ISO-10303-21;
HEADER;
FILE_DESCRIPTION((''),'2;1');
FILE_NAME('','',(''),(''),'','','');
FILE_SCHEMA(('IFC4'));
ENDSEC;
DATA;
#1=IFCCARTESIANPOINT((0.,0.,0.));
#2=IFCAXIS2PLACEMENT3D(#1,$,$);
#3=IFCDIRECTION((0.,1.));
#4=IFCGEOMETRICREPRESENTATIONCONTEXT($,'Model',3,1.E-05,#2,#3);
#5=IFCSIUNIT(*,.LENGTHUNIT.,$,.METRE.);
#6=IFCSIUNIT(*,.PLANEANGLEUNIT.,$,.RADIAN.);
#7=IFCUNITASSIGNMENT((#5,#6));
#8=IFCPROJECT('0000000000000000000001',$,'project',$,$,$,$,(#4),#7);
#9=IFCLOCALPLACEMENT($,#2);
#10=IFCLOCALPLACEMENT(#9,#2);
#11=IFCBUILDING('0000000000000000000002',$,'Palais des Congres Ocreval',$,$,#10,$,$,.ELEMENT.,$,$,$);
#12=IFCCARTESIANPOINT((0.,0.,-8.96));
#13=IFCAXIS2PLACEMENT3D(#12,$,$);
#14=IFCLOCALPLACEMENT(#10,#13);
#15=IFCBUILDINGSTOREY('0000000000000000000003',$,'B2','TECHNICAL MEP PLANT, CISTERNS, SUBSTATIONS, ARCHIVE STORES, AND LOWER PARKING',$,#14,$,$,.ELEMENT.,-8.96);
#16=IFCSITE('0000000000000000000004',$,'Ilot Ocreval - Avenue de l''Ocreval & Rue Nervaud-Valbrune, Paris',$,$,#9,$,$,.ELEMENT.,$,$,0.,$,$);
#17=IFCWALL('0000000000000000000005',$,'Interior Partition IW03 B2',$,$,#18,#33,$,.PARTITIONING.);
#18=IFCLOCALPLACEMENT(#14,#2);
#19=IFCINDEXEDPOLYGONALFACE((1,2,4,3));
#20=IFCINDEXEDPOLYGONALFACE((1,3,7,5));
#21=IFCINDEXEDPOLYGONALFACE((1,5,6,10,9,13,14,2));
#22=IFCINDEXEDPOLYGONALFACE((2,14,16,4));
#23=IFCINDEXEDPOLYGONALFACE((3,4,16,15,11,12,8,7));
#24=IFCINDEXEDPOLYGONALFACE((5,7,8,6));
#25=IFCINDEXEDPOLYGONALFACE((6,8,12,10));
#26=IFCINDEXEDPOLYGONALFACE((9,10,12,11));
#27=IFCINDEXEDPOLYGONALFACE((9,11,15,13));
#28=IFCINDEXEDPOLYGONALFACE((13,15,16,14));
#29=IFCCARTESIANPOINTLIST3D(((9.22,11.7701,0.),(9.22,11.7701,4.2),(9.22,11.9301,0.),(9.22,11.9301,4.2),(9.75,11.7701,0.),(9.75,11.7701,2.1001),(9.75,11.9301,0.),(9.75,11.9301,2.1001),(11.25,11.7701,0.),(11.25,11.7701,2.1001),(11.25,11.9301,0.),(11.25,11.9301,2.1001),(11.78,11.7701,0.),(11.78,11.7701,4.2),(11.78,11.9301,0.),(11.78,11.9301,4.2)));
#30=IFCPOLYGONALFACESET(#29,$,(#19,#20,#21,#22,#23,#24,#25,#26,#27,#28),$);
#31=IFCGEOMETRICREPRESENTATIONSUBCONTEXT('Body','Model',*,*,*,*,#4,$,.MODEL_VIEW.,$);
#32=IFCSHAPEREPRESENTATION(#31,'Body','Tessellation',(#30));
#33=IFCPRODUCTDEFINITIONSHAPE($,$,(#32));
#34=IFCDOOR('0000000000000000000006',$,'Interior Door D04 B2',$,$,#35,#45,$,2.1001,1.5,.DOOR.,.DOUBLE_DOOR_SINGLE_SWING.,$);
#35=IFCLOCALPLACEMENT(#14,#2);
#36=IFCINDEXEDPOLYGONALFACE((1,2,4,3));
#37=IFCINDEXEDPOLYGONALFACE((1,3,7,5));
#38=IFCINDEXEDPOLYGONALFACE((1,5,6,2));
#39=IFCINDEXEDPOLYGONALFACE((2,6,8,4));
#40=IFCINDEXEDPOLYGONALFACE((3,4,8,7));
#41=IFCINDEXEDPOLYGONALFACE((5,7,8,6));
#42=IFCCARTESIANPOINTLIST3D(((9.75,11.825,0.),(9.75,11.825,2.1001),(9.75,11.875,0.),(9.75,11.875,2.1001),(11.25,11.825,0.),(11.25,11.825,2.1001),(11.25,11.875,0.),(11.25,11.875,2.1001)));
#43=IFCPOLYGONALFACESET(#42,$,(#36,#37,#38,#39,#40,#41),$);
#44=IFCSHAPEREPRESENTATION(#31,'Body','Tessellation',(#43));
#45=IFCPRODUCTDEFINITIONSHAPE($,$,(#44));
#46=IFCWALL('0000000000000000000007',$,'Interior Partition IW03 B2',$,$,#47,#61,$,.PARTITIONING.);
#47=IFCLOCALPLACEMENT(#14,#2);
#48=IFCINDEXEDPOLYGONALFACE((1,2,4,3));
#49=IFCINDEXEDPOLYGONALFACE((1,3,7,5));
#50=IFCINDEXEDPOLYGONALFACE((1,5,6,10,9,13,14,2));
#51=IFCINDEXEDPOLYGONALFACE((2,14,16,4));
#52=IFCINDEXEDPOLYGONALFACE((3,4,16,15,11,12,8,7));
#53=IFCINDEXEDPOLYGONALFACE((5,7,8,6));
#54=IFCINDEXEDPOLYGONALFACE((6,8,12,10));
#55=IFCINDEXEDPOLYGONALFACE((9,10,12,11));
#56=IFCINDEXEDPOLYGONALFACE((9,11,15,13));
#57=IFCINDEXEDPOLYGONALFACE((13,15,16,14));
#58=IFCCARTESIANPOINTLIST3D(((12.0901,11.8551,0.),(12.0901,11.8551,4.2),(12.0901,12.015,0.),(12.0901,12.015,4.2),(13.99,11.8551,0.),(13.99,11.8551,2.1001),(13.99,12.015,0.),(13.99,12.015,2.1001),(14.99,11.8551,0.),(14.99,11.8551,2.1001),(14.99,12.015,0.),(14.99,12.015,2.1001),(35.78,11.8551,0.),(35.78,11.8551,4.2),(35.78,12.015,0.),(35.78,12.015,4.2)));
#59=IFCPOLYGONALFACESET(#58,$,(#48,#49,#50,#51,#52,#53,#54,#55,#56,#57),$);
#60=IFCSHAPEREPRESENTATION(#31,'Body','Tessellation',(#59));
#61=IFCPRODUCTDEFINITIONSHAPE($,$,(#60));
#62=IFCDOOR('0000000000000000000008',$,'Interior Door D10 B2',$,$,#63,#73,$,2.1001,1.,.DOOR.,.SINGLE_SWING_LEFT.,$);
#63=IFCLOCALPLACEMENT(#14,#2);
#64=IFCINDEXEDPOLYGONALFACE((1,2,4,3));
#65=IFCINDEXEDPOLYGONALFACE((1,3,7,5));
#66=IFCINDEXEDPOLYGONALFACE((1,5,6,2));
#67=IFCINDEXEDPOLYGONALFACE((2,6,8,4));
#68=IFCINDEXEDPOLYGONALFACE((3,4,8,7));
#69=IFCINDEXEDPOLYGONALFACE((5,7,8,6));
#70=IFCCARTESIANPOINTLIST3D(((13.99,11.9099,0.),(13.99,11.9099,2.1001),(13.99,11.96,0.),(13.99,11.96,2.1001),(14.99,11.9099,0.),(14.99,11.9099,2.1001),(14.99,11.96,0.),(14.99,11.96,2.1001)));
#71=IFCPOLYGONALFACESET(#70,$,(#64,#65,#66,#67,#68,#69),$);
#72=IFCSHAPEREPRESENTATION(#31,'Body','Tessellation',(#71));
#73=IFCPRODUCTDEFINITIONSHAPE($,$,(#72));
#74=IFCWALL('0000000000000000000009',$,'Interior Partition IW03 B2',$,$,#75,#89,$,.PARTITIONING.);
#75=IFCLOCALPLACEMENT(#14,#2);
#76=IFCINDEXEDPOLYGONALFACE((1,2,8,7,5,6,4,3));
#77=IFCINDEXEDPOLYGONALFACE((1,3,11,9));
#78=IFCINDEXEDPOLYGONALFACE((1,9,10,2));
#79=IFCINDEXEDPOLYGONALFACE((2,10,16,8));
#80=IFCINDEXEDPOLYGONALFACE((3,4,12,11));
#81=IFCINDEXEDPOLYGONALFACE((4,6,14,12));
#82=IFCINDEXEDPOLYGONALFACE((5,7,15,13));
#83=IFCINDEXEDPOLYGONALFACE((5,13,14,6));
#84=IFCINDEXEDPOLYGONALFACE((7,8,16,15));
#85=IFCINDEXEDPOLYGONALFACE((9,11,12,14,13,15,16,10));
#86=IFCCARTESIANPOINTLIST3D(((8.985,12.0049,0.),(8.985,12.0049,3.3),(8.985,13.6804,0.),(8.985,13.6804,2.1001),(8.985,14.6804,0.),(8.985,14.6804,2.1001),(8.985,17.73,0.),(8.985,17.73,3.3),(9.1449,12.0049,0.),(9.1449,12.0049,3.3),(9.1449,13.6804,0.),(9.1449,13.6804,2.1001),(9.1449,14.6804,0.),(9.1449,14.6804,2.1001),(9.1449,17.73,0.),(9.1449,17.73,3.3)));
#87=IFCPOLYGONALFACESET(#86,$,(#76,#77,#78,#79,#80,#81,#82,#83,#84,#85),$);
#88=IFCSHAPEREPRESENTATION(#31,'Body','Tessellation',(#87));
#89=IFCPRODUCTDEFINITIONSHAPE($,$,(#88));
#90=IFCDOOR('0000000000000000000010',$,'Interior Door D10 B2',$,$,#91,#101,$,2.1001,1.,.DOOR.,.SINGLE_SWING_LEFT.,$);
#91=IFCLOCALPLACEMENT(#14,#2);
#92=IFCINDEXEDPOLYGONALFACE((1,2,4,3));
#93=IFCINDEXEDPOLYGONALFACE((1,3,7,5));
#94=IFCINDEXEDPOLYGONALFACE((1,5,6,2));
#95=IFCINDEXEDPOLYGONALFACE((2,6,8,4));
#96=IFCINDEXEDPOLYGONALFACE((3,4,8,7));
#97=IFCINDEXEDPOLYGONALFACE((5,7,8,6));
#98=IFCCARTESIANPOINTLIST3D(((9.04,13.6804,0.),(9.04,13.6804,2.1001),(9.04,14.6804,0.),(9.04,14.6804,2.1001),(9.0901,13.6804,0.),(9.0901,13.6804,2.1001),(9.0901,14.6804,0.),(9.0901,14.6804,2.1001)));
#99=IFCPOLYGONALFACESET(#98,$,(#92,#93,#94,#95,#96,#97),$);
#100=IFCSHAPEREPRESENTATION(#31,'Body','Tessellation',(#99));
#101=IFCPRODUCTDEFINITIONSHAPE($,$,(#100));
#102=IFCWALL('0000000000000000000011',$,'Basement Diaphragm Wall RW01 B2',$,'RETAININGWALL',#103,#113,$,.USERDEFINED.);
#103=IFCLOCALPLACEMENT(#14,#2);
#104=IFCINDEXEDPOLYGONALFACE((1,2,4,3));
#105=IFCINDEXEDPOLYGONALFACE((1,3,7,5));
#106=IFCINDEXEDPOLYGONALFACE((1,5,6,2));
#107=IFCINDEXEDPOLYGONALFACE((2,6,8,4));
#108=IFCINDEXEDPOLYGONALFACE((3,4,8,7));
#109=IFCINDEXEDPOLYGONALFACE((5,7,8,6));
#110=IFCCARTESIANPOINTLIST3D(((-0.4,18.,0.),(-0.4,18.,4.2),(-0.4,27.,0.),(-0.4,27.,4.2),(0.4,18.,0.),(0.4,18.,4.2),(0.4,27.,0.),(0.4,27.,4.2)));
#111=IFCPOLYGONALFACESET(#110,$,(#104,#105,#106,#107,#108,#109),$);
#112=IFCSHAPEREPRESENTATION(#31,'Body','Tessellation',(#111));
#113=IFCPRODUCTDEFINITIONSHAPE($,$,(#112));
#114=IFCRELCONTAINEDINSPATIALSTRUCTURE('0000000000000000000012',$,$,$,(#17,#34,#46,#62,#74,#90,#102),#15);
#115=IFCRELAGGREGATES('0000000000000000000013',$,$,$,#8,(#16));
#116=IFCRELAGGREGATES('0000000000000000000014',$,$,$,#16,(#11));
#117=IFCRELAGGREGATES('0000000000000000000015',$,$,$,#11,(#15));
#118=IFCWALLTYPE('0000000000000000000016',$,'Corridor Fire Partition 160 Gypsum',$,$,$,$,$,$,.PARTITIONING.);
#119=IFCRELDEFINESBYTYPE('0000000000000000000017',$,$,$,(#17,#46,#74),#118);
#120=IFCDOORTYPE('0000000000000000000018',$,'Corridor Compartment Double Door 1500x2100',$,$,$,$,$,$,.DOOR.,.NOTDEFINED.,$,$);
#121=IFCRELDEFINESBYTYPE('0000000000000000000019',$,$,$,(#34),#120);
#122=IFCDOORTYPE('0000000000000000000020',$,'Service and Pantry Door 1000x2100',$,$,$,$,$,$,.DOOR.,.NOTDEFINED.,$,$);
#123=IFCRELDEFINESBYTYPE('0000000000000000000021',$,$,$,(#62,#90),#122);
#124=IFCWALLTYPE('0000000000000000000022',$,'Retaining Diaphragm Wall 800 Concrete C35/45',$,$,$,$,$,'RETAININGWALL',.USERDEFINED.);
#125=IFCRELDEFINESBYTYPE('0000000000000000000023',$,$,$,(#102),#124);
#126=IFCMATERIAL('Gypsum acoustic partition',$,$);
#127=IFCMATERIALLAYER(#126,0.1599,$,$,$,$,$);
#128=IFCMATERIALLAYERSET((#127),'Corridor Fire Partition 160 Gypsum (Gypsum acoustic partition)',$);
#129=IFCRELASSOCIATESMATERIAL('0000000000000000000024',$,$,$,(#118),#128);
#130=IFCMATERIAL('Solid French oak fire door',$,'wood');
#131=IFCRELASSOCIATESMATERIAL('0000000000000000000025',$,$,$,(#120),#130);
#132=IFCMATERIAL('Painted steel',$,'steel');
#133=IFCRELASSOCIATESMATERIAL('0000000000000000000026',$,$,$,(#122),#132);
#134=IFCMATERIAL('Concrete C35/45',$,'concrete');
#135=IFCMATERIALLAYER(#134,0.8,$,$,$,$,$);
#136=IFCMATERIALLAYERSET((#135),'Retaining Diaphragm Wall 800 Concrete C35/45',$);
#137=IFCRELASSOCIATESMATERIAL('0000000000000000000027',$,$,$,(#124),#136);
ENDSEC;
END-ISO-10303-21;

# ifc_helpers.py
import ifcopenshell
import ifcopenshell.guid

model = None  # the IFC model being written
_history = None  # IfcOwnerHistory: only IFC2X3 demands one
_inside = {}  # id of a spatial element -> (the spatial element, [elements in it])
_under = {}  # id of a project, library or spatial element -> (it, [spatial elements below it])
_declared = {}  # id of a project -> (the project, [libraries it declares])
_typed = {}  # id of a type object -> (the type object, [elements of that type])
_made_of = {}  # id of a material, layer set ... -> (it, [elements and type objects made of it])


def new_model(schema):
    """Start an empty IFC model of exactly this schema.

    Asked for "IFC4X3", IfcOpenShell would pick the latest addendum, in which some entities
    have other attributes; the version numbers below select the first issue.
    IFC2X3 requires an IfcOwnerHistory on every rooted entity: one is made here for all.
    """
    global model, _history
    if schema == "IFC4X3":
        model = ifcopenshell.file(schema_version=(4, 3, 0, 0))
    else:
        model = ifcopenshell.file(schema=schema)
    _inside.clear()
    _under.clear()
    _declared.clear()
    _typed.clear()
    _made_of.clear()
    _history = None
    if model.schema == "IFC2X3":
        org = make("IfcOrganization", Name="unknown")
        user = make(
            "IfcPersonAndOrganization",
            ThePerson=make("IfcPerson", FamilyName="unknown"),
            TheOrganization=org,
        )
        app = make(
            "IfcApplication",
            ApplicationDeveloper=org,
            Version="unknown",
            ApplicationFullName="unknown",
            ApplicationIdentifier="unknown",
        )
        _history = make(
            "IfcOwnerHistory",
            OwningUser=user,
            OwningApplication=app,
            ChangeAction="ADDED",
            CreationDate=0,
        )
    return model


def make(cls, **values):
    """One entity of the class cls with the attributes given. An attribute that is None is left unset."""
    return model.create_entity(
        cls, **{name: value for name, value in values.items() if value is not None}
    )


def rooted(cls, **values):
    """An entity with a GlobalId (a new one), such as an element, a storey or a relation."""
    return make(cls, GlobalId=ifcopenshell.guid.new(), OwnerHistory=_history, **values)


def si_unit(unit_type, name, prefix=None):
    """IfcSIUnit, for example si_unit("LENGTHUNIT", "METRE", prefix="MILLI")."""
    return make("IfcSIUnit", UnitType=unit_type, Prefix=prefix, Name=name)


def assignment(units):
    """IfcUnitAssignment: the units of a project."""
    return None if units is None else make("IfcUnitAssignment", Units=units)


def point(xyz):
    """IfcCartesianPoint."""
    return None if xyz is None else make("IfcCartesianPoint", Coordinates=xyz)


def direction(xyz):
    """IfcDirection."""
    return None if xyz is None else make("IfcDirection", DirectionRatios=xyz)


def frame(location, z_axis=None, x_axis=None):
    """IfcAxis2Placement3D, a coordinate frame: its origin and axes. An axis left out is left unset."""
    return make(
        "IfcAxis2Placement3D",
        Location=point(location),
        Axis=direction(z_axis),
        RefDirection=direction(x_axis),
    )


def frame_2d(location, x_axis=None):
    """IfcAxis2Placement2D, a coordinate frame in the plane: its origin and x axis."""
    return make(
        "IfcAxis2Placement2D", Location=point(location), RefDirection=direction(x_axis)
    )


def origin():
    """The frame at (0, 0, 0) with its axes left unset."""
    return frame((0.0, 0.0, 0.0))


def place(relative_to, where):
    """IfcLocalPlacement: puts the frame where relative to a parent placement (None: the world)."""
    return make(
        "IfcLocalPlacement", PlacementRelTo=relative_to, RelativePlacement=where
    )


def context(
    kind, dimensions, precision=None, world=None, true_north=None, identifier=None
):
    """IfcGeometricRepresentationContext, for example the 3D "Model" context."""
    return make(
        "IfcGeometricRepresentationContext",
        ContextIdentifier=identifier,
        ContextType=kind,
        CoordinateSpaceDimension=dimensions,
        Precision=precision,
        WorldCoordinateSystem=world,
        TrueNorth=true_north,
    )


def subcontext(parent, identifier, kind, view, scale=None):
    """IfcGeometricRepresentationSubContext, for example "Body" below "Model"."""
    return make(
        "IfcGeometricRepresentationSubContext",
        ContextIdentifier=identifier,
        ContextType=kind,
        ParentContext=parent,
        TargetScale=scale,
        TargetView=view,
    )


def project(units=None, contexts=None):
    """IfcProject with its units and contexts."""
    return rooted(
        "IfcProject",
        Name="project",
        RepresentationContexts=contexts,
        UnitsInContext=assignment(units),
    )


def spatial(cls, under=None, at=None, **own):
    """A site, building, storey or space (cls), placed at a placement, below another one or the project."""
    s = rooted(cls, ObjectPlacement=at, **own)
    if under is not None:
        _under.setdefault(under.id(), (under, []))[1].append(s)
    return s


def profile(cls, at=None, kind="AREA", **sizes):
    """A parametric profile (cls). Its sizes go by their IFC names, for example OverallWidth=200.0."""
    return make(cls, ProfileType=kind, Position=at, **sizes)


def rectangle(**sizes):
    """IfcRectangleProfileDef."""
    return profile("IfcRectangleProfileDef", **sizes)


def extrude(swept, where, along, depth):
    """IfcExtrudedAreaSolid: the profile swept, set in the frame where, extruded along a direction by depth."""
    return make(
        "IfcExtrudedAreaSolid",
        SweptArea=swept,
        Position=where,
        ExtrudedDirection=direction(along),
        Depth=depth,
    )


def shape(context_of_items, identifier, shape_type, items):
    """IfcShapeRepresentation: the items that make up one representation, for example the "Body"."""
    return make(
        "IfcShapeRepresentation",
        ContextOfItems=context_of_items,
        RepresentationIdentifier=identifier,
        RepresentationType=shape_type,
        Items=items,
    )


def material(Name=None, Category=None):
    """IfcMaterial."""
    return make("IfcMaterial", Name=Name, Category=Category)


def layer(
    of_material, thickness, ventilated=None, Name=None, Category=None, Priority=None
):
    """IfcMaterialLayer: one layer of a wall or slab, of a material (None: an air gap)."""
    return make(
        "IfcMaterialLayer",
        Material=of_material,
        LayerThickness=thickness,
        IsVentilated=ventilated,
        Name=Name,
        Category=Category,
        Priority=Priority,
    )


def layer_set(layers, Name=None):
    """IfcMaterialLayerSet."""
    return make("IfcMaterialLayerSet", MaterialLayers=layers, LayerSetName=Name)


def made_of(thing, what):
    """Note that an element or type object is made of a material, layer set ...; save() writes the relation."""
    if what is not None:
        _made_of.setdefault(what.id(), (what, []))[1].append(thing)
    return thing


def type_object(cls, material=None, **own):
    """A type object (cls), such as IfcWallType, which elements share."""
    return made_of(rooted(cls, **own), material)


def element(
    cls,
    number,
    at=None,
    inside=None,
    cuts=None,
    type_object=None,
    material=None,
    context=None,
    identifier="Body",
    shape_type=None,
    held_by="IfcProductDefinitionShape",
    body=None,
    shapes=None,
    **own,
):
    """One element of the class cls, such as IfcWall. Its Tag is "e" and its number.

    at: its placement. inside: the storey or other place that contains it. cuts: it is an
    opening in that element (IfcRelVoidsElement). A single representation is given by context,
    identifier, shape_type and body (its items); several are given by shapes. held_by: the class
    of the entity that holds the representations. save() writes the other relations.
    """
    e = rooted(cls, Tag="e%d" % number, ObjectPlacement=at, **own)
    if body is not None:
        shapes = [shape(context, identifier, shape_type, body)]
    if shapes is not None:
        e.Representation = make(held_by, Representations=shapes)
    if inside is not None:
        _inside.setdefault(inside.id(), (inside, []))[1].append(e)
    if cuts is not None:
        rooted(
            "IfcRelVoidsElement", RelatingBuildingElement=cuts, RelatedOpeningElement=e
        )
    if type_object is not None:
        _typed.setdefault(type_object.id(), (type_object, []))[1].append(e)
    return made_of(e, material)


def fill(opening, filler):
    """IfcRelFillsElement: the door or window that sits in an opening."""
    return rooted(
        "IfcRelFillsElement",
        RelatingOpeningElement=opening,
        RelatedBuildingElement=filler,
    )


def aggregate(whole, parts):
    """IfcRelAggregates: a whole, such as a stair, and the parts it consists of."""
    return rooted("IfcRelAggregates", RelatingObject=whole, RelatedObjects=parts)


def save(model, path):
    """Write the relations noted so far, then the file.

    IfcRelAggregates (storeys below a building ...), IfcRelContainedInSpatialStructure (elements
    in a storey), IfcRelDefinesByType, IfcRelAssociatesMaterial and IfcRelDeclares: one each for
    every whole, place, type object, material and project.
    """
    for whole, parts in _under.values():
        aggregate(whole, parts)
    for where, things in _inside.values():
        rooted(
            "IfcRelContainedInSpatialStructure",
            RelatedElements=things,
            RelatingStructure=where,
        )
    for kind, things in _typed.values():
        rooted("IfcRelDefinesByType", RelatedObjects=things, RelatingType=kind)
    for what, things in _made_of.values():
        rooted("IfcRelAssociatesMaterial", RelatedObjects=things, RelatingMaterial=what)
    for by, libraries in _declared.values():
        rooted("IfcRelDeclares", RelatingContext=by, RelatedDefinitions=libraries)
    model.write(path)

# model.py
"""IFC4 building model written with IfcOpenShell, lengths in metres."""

from ifc_helpers import new_model, si_unit, direction, frame, frame_2d, origin, place, context, subcontext, project, spatial, rectangle, extrude, material, layer, layer_set, type_object, element, fill, save


model = new_model("IFC4")

# Units and contexts
model_context = context("Model", 3, precision=1e-05, world=origin(), true_north=direction((0.0, 1.0)))
body_context = subcontext(model_context, "Body", "Model", "MODEL_VIEW")
ifc_project = project(units=[si_unit("LENGTHUNIT", "METRE"), si_unit("PLANEANGLEUNIT", "RADIAN")], contexts=[model_context])

# Site, building, storey
site_placement = place(None, origin())
site = spatial("IfcSite", under=ifc_project, at=site_placement, Name="Ilot Ocreval - Avenue de l'Ocreval & Rue Nervaud-Valbrune, Paris", CompositionType="ELEMENT", RefElevation=0.0)
building_placement = place(site_placement, origin())
building = spatial("IfcBuilding", under=site, at=building_placement, Name="Palais des Congres Ocreval", CompositionType="ELEMENT")
storey_placement = place(building_placement, frame((0.0, 0.0, -8.96)))
storey = spatial("IfcBuildingStorey", under=building, at=storey_placement, Name="B2", Description="TECHNICAL MEP PLANT, CISTERNS, SUBSTATIONS, ARCHIVE STORES, AND LOWER PARKING", CompositionType="ELEMENT", Elevation=-8.96)

# Shared definitions
ifc_material_1 = material(Name="Concrete C35/45", Category="concrete")

# Shared definitions
ifc_material_2 = material(Name="Gypsum acoustic partition")
ifc_layer_1 = layer(ifc_material_2, 0.1599)
ifc_layer_set_1 = layer_set([ifc_layer_1], Name="Corridor Fire Partition 160 Gypsum (Gypsum acoustic partition)")
wall_type_1 = type_object("IfcWallType", Name="Corridor Fire Partition 160 Gypsum", PredefinedType="PARTITIONING", material=ifc_layer_set_1)

# Walls, openings, doors
wall_1_placement = place(storey_placement, frame((9.22, 11.8501, 0.0), z_axis=(0.0, 0.0, 1.0), x_axis=(1.0, 0.0, 0.0)))
wall_1 = element("IfcWall", 1, at=wall_1_placement, inside=storey, type_object=wall_type_1, Name="Interior Partition IW03 B2", PredefinedType="PARTITIONING", context=body_context, shape_type="SweptSolid", body=[
    extrude(rectangle(XDim=2.5601, YDim=0.1599, at=frame_2d((1.28, 0.0))), origin(), (0.0, 0.0, 1.0), 4.2),
])
opening_1_placement = place(wall_1_placement, frame((0.53, 0.0, 0.0)))
opening_1 = element("IfcOpeningElement", 2, at=opening_1_placement, cuts=wall_1, PredefinedType="OPENING", context=body_context, shape_type="SweptSolid", body=[
    extrude(rectangle(XDim=1.5, YDim=2.1001, at=frame_2d((0.75, 1.05))), frame((0.0, 0.0898, 0.0), z_axis=(0.0, -1.0, 0.0), x_axis=(1.0, 0.0, 0.0)), (0.0, 0.0, 1.0), 0.1799),
])
ifc_material_3 = material(Name="Solid French oak fire door", Category="wood")
door_type_1 = type_object("IfcDoorType", Name="Corridor Compartment Double Door 1500x2100", OperationType="NOTDEFINED", PredefinedType="DOOR", material=ifc_material_3)
door_1_placement = place(opening_1_placement, origin())
door_1 = element("IfcDoor", 3, at=door_1_placement, inside=storey, type_object=door_type_1, Name="Interior Door D04 B2", OperationType="DOUBLE_DOOR_SINGLE_SWING", OverallHeight=2.1001, OverallWidth=1.5, PredefinedType="DOOR", context=body_context, shape_type="SweptSolid", body=[
    extrude(rectangle(XDim=1.5, YDim=2.1001, at=frame_2d((0.75, 1.05))), frame((0.0, 0.0249, 0.0), z_axis=(0.0, -1.0, 0.0), x_axis=(1.0, 0.0, 0.0)), (0.0, 0.0, 1.0), 0.05),
])
fill(opening_1, door_1)
wall_2_placement = place(storey_placement, frame((12.0901, 11.9351, 0.0), z_axis=(0.0, 0.0, 1.0), x_axis=(1.0, 0.0, 0.0)))
wall_2 = element("IfcWall", 4, at=wall_2_placement, inside=storey, type_object=wall_type_1, Name="Interior Partition IW03 B2", PredefinedType="PARTITIONING", context=body_context, shape_type="SweptSolid", body=[
    extrude(rectangle(XDim=23.6899, YDim=0.1599, at=frame_2d((11.845, 0.0))), origin(), (0.0, 0.0, 1.0), 4.2),
])
opening_2_placement = place(wall_2_placement, frame((1.8999, 0.0, 0.0)))
opening_2 = element("IfcOpeningElement", 5, at=opening_2_placement, cuts=wall_2, PredefinedType="OPENING", context=body_context, shape_type="SweptSolid", body=[
    extrude(rectangle(XDim=1.0, YDim=2.1001, at=frame_2d((0.5, 1.05))), frame((0.0, 0.0898, 0.0), z_axis=(0.0, -1.0, 0.0), x_axis=(1.0, 0.0, 0.0)), (0.0, 0.0, 1.0), 0.1799),
])
ifc_material_4 = material(Name="Painted steel", Category="steel")
door_type_2 = type_object("IfcDoorType", Name="Service and Pantry Door 1000x2100", OperationType="NOTDEFINED", PredefinedType="DOOR", material=ifc_material_4)
door_2_placement = place(opening_2_placement, origin())
door_2 = element("IfcDoor", 6, at=door_2_placement, inside=storey, type_object=door_type_2, Name="Interior Door D10 B2", OperationType="SINGLE_SWING_LEFT", OverallHeight=2.1001, OverallWidth=1.0, PredefinedType="DOOR", context=body_context, shape_type="SweptSolid", body=[
    extrude(rectangle(XDim=1.0, YDim=2.1001, at=frame_2d((0.5, 1.05))), frame((0.0, 0.0249, 0.0), z_axis=(0.0, -1.0, 0.0), x_axis=(1.0, 0.0, 0.0)), (0.0, 0.0, 1.0), 0.05),
])
fill(opening_2, door_2)
wall_3_placement = place(storey_placement, frame((9.0649, 12.0049, 0.0), z_axis=(0.0, 0.0, 1.0), x_axis=(0.0, 1.0, 0.0)))
wall_3 = element("IfcWall", 7, at=wall_3_placement, inside=storey, type_object=wall_type_1, Name="Interior Partition IW03 B2", PredefinedType="PARTITIONING", context=body_context, shape_type="SweptSolid", body=[
    extrude(rectangle(XDim=5.7251, YDim=0.1599, at=frame_2d((2.8625, 0.0))), origin(), (0.0, 0.0, 1.0), 3.3),
])
opening_3_placement = place(wall_3_placement, frame((1.6755, 0.0, 0.0)))
opening_3 = element("IfcOpeningElement", 8, at=opening_3_placement, cuts=wall_3, PredefinedType="OPENING", context=body_context, shape_type="SweptSolid", body=[
    extrude(rectangle(XDim=1.0, YDim=2.1001, at=frame_2d((0.5, 1.05))), frame((0.0, 0.0898, 0.0), z_axis=(0.0, -1.0, 0.0), x_axis=(1.0, 0.0, 0.0)), (0.0, 0.0, 1.0), 0.1799),
])
door_3_placement = place(opening_3_placement, origin())
door_3 = element("IfcDoor", 9, at=door_3_placement, inside=storey, type_object=door_type_2, Name="Interior Door D10 B2", OperationType="SINGLE_SWING_LEFT", OverallHeight=2.1001, OverallWidth=1.0, PredefinedType="DOOR", context=body_context, shape_type="SweptSolid", body=[
    extrude(rectangle(XDim=1.0, YDim=2.1001, at=frame_2d((0.5, 1.05))), frame((0.0, 0.0249, 0.0), z_axis=(0.0, -1.0, 0.0), x_axis=(1.0, 0.0, 0.0)), (0.0, 0.0, 1.0), 0.05),
])
fill(opening_3, door_3)

# Wall
ifc_layer_2 = layer(ifc_material_1, 0.8)
ifc_layer_set_2 = layer_set([ifc_layer_2], Name="Retaining Diaphragm Wall 800 Concrete C35/45")
wall_type_2 = type_object("IfcWallType", Name="Retaining Diaphragm Wall 800 Concrete C35/45", ElementType="RETAININGWALL", PredefinedType="USERDEFINED", material=ifc_layer_set_2)
wall_4_placement = place(storey_placement, frame((0.0, 18.0, 0.0), z_axis=(0.0, 0.0, 1.0), x_axis=(0.0, 1.0, 0.0)))
element("IfcWall", 10, at=wall_4_placement, inside=storey, type_object=wall_type_2, Name="Basement Diaphragm Wall RW01 B2", ObjectType="RETAININGWALL", PredefinedType="USERDEFINED", context=body_context, shape_type="SweptSolid", body=[
    extrude(rectangle(XDim=9.0, YDim=0.8, at=frame_2d((4.5, 0.0))), origin(), (0.0, 0.0, 1.0), 4.2),
])

save(model, "model.ifc")
